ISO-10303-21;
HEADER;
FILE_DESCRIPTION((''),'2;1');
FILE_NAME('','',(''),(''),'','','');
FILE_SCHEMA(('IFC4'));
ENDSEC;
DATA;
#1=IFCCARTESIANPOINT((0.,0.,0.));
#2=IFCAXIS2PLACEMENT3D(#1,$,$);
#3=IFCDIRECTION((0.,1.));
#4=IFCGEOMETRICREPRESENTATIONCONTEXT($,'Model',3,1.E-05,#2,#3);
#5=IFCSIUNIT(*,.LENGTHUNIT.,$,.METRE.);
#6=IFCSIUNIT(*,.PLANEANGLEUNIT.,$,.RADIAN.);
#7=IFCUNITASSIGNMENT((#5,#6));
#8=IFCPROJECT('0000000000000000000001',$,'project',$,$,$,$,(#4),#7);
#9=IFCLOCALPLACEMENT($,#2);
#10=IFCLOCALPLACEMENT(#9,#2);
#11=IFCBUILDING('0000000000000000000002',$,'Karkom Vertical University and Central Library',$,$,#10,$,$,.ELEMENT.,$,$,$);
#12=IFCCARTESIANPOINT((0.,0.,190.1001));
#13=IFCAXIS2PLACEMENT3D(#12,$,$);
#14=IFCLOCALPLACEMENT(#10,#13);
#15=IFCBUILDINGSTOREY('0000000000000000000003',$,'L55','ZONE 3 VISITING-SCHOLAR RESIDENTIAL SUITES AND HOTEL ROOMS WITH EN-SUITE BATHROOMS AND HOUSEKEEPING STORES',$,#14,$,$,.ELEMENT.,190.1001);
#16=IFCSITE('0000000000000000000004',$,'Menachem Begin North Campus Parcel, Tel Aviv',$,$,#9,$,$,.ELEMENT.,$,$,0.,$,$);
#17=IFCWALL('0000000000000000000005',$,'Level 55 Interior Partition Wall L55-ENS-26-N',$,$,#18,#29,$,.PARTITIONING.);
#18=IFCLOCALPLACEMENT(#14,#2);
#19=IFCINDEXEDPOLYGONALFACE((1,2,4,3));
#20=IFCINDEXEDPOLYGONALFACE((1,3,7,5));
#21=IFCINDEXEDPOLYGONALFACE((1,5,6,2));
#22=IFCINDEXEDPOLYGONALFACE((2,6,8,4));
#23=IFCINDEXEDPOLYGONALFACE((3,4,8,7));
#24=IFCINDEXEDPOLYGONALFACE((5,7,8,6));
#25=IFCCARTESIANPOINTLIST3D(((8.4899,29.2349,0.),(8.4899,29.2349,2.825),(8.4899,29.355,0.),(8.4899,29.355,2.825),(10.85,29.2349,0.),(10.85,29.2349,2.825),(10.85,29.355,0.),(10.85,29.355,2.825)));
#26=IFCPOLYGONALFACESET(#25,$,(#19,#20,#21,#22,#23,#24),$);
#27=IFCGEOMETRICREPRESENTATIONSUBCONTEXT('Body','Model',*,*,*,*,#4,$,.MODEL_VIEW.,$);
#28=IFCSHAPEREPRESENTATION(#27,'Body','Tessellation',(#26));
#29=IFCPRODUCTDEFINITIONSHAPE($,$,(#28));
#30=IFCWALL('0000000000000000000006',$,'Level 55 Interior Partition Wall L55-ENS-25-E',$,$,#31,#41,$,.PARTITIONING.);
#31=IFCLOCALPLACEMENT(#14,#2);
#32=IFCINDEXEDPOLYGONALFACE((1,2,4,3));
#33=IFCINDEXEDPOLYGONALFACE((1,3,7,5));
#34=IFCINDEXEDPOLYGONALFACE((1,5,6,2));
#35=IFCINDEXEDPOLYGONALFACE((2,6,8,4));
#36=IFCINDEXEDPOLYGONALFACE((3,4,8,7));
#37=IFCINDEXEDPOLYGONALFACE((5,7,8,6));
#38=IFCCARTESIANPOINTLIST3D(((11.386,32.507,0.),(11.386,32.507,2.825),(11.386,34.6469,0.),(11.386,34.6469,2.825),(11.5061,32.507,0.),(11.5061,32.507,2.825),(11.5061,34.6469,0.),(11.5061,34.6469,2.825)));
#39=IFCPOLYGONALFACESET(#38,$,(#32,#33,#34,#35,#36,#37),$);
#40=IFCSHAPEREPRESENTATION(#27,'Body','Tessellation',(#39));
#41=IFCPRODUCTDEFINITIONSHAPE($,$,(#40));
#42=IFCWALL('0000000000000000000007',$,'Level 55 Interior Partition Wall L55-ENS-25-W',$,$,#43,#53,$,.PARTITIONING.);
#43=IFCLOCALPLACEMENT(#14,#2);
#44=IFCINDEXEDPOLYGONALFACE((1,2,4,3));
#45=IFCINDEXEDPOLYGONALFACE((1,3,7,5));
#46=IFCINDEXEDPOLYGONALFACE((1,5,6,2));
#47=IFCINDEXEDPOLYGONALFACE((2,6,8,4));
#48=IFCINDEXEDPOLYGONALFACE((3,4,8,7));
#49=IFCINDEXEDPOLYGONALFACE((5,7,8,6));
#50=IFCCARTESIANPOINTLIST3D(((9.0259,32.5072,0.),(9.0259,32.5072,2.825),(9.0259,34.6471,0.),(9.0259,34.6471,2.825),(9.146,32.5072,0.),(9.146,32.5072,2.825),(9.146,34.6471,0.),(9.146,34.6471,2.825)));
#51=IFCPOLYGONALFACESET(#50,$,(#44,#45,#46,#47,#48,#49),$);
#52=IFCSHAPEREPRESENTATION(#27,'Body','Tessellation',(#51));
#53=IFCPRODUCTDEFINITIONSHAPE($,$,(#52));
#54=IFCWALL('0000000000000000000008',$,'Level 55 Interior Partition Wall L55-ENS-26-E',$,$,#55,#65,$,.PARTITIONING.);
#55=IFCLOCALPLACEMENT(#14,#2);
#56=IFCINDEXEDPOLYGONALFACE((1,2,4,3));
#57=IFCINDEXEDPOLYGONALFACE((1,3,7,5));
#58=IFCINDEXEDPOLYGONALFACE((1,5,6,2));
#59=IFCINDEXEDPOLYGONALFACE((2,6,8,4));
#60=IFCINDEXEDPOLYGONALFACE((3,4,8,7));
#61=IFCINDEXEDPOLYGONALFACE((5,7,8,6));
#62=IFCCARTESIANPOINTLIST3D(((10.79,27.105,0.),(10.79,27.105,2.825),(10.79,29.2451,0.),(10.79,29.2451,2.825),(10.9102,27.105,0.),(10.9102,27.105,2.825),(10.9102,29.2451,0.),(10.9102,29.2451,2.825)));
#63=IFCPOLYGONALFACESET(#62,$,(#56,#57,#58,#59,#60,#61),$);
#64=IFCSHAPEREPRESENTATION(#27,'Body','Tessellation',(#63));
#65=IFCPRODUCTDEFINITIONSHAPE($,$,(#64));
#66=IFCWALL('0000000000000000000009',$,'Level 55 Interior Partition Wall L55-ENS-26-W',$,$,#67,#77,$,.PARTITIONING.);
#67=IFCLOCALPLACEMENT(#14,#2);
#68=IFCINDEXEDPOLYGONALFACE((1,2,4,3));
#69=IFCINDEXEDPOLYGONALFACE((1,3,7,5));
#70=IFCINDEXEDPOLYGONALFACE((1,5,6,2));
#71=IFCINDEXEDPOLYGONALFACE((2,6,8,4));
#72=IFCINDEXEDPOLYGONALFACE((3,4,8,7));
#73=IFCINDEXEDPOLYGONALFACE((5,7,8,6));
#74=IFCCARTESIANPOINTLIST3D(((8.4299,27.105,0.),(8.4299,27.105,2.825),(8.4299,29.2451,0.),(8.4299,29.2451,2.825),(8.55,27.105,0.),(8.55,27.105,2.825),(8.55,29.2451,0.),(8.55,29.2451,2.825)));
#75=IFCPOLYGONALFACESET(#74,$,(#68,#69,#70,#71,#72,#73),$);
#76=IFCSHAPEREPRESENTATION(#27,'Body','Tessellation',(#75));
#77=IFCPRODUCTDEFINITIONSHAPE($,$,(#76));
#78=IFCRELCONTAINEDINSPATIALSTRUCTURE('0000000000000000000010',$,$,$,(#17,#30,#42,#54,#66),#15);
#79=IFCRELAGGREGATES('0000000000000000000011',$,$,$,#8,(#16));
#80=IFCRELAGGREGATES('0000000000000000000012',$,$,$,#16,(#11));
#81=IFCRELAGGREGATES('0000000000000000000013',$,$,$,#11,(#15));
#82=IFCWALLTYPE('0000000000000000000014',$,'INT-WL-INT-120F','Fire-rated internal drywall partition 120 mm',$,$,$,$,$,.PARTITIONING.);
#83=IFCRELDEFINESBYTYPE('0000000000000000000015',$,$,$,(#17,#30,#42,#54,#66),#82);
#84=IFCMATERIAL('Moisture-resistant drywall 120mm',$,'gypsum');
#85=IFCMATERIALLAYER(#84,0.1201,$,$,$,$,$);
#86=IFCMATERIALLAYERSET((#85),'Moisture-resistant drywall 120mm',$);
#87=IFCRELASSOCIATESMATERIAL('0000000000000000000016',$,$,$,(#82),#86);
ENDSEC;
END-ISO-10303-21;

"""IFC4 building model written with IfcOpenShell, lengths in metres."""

from ifc_helpers import new_model, si_unit, direction, frame, frame_2d, origin, place, context, subcontext, project, spatial, rectangle, extrude, material, layer, layer_set, type_object, element, save


model = new_model("IFC4")

# Units and contexts
model_context = context("Model", 3, precision=1e-05, world=origin(), true_north=direction((0.0, 1.0)))
body_context = subcontext(model_context, "Body", "Model", "MODEL_VIEW")
ifc_project = project(units=[si_unit("LENGTHUNIT", "METRE"), si_unit("PLANEANGLEUNIT", "RADIAN")], contexts=[model_context])

# Site, building, storey
site_placement = place(None, origin())
site = spatial("IfcSite", under=ifc_project, at=site_placement, Name="Menachem Begin North Campus Parcel, Tel Aviv", CompositionType="ELEMENT", RefElevation=0.0)
building_placement = place(site_placement, origin())
building = spatial("IfcBuilding", under=site, at=building_placement, Name="Karkom Vertical University and Central Library", CompositionType="ELEMENT")
storey_placement = place(building_placement, frame((0.0, 0.0, 190.1001)))
storey = spatial("IfcBuildingStorey", under=building, at=storey_placement, Name="L55", Description="ZONE 3 VISITING-SCHOLAR RESIDENTIAL SUITES AND HOTEL ROOMS WITH EN-SUITE BATHROOMS AND HOUSEKEEPING STORES", CompositionType="ELEMENT", Elevation=190.1001)

# Shared definitions
ifc_material_1 = material(Name="Moisture-resistant drywall 120mm", Category="gypsum")
ifc_layer_1 = layer(ifc_material_1, 0.1201)
ifc_layer_set_1 = layer_set([ifc_layer_1], Name="Moisture-resistant drywall 120mm")
wall_type_1 = type_object("IfcWallType", Name="INT-WL-INT-120F", Description="Fire-rated internal drywall partition 120 mm", PredefinedType="PARTITIONING", material=ifc_layer_set_1)

# Walls
wall_1_placement = place(storey_placement, frame((10.8501, 29.2949, 0.0), z_axis=(0.0, 0.0, 1.0), x_axis=(-1.0, 0.0, 0.0)))
element("IfcWall", 1, at=wall_1_placement, inside=storey, type_object=wall_type_1, Name="Level 55 Interior Partition Wall L55-ENS-26-N", PredefinedType="PARTITIONING", context=body_context, shape_type="SweptSolid", body=[
    extrude(rectangle(XDim=2.3601, YDim=0.1201, at=frame_2d((1.1802, 0.0))), origin(), (0.0, 0.0, 1.0), 2.825),
])
for number, where, z_axis, x_axis, name in (
    (2, (11.446, 32.5071, 0.0), (0.0, 0.0, 1.0), (0.0, 1.0, 0.0), "Level 55 Interior Partition Wall L55-ENS-25-E"),
    (3, (9.0859, 34.647, 0.0), (0.0, 0.0, 1.0), (0.0, -1.0, 0.0), "Level 55 Interior Partition Wall L55-ENS-25-W"),
):
    element("IfcWall", number, at=place(storey_placement, frame(where, z_axis=z_axis, x_axis=x_axis)), inside=storey, type_object=wall_type_1, Name=name, PredefinedType="PARTITIONING", context=body_context, shape_type="SweptSolid", body=[
        extrude(rectangle(XDim=2.1399, YDim=0.1201, at=frame_2d((1.0698, 0.0))), origin(), (0.0, 0.0, 1.0), 2.825),
    ])
for number, where, z_axis, x_axis, name in (
    (4, (10.8501, 27.105, 0.0), (0.0, 0.0, 1.0), (0.0, 1.0, 0.0), "Level 55 Interior Partition Wall L55-ENS-26-E"),
    (5, (8.49, 29.2451, 0.0), (0.0, 0.0, 1.0), (0.0, -1.0, 0.0), "Level 55 Interior Partition Wall L55-ENS-26-W"),
):
    element("IfcWall", number, at=place(storey_placement, frame(where, z_axis=z_axis, x_axis=x_axis)), inside=storey, type_object=wall_type_1, Name=name, PredefinedType="PARTITIONING", context=body_context, shape_type="SweptSolid", body=[
        extrude(rectangle(XDim=2.1401, YDim=0.1201, at=frame_2d((1.0701, 0.0))), origin(), (0.0, 0.0, 1.0), 2.825),
    ])

save(model, "model.ifc")
